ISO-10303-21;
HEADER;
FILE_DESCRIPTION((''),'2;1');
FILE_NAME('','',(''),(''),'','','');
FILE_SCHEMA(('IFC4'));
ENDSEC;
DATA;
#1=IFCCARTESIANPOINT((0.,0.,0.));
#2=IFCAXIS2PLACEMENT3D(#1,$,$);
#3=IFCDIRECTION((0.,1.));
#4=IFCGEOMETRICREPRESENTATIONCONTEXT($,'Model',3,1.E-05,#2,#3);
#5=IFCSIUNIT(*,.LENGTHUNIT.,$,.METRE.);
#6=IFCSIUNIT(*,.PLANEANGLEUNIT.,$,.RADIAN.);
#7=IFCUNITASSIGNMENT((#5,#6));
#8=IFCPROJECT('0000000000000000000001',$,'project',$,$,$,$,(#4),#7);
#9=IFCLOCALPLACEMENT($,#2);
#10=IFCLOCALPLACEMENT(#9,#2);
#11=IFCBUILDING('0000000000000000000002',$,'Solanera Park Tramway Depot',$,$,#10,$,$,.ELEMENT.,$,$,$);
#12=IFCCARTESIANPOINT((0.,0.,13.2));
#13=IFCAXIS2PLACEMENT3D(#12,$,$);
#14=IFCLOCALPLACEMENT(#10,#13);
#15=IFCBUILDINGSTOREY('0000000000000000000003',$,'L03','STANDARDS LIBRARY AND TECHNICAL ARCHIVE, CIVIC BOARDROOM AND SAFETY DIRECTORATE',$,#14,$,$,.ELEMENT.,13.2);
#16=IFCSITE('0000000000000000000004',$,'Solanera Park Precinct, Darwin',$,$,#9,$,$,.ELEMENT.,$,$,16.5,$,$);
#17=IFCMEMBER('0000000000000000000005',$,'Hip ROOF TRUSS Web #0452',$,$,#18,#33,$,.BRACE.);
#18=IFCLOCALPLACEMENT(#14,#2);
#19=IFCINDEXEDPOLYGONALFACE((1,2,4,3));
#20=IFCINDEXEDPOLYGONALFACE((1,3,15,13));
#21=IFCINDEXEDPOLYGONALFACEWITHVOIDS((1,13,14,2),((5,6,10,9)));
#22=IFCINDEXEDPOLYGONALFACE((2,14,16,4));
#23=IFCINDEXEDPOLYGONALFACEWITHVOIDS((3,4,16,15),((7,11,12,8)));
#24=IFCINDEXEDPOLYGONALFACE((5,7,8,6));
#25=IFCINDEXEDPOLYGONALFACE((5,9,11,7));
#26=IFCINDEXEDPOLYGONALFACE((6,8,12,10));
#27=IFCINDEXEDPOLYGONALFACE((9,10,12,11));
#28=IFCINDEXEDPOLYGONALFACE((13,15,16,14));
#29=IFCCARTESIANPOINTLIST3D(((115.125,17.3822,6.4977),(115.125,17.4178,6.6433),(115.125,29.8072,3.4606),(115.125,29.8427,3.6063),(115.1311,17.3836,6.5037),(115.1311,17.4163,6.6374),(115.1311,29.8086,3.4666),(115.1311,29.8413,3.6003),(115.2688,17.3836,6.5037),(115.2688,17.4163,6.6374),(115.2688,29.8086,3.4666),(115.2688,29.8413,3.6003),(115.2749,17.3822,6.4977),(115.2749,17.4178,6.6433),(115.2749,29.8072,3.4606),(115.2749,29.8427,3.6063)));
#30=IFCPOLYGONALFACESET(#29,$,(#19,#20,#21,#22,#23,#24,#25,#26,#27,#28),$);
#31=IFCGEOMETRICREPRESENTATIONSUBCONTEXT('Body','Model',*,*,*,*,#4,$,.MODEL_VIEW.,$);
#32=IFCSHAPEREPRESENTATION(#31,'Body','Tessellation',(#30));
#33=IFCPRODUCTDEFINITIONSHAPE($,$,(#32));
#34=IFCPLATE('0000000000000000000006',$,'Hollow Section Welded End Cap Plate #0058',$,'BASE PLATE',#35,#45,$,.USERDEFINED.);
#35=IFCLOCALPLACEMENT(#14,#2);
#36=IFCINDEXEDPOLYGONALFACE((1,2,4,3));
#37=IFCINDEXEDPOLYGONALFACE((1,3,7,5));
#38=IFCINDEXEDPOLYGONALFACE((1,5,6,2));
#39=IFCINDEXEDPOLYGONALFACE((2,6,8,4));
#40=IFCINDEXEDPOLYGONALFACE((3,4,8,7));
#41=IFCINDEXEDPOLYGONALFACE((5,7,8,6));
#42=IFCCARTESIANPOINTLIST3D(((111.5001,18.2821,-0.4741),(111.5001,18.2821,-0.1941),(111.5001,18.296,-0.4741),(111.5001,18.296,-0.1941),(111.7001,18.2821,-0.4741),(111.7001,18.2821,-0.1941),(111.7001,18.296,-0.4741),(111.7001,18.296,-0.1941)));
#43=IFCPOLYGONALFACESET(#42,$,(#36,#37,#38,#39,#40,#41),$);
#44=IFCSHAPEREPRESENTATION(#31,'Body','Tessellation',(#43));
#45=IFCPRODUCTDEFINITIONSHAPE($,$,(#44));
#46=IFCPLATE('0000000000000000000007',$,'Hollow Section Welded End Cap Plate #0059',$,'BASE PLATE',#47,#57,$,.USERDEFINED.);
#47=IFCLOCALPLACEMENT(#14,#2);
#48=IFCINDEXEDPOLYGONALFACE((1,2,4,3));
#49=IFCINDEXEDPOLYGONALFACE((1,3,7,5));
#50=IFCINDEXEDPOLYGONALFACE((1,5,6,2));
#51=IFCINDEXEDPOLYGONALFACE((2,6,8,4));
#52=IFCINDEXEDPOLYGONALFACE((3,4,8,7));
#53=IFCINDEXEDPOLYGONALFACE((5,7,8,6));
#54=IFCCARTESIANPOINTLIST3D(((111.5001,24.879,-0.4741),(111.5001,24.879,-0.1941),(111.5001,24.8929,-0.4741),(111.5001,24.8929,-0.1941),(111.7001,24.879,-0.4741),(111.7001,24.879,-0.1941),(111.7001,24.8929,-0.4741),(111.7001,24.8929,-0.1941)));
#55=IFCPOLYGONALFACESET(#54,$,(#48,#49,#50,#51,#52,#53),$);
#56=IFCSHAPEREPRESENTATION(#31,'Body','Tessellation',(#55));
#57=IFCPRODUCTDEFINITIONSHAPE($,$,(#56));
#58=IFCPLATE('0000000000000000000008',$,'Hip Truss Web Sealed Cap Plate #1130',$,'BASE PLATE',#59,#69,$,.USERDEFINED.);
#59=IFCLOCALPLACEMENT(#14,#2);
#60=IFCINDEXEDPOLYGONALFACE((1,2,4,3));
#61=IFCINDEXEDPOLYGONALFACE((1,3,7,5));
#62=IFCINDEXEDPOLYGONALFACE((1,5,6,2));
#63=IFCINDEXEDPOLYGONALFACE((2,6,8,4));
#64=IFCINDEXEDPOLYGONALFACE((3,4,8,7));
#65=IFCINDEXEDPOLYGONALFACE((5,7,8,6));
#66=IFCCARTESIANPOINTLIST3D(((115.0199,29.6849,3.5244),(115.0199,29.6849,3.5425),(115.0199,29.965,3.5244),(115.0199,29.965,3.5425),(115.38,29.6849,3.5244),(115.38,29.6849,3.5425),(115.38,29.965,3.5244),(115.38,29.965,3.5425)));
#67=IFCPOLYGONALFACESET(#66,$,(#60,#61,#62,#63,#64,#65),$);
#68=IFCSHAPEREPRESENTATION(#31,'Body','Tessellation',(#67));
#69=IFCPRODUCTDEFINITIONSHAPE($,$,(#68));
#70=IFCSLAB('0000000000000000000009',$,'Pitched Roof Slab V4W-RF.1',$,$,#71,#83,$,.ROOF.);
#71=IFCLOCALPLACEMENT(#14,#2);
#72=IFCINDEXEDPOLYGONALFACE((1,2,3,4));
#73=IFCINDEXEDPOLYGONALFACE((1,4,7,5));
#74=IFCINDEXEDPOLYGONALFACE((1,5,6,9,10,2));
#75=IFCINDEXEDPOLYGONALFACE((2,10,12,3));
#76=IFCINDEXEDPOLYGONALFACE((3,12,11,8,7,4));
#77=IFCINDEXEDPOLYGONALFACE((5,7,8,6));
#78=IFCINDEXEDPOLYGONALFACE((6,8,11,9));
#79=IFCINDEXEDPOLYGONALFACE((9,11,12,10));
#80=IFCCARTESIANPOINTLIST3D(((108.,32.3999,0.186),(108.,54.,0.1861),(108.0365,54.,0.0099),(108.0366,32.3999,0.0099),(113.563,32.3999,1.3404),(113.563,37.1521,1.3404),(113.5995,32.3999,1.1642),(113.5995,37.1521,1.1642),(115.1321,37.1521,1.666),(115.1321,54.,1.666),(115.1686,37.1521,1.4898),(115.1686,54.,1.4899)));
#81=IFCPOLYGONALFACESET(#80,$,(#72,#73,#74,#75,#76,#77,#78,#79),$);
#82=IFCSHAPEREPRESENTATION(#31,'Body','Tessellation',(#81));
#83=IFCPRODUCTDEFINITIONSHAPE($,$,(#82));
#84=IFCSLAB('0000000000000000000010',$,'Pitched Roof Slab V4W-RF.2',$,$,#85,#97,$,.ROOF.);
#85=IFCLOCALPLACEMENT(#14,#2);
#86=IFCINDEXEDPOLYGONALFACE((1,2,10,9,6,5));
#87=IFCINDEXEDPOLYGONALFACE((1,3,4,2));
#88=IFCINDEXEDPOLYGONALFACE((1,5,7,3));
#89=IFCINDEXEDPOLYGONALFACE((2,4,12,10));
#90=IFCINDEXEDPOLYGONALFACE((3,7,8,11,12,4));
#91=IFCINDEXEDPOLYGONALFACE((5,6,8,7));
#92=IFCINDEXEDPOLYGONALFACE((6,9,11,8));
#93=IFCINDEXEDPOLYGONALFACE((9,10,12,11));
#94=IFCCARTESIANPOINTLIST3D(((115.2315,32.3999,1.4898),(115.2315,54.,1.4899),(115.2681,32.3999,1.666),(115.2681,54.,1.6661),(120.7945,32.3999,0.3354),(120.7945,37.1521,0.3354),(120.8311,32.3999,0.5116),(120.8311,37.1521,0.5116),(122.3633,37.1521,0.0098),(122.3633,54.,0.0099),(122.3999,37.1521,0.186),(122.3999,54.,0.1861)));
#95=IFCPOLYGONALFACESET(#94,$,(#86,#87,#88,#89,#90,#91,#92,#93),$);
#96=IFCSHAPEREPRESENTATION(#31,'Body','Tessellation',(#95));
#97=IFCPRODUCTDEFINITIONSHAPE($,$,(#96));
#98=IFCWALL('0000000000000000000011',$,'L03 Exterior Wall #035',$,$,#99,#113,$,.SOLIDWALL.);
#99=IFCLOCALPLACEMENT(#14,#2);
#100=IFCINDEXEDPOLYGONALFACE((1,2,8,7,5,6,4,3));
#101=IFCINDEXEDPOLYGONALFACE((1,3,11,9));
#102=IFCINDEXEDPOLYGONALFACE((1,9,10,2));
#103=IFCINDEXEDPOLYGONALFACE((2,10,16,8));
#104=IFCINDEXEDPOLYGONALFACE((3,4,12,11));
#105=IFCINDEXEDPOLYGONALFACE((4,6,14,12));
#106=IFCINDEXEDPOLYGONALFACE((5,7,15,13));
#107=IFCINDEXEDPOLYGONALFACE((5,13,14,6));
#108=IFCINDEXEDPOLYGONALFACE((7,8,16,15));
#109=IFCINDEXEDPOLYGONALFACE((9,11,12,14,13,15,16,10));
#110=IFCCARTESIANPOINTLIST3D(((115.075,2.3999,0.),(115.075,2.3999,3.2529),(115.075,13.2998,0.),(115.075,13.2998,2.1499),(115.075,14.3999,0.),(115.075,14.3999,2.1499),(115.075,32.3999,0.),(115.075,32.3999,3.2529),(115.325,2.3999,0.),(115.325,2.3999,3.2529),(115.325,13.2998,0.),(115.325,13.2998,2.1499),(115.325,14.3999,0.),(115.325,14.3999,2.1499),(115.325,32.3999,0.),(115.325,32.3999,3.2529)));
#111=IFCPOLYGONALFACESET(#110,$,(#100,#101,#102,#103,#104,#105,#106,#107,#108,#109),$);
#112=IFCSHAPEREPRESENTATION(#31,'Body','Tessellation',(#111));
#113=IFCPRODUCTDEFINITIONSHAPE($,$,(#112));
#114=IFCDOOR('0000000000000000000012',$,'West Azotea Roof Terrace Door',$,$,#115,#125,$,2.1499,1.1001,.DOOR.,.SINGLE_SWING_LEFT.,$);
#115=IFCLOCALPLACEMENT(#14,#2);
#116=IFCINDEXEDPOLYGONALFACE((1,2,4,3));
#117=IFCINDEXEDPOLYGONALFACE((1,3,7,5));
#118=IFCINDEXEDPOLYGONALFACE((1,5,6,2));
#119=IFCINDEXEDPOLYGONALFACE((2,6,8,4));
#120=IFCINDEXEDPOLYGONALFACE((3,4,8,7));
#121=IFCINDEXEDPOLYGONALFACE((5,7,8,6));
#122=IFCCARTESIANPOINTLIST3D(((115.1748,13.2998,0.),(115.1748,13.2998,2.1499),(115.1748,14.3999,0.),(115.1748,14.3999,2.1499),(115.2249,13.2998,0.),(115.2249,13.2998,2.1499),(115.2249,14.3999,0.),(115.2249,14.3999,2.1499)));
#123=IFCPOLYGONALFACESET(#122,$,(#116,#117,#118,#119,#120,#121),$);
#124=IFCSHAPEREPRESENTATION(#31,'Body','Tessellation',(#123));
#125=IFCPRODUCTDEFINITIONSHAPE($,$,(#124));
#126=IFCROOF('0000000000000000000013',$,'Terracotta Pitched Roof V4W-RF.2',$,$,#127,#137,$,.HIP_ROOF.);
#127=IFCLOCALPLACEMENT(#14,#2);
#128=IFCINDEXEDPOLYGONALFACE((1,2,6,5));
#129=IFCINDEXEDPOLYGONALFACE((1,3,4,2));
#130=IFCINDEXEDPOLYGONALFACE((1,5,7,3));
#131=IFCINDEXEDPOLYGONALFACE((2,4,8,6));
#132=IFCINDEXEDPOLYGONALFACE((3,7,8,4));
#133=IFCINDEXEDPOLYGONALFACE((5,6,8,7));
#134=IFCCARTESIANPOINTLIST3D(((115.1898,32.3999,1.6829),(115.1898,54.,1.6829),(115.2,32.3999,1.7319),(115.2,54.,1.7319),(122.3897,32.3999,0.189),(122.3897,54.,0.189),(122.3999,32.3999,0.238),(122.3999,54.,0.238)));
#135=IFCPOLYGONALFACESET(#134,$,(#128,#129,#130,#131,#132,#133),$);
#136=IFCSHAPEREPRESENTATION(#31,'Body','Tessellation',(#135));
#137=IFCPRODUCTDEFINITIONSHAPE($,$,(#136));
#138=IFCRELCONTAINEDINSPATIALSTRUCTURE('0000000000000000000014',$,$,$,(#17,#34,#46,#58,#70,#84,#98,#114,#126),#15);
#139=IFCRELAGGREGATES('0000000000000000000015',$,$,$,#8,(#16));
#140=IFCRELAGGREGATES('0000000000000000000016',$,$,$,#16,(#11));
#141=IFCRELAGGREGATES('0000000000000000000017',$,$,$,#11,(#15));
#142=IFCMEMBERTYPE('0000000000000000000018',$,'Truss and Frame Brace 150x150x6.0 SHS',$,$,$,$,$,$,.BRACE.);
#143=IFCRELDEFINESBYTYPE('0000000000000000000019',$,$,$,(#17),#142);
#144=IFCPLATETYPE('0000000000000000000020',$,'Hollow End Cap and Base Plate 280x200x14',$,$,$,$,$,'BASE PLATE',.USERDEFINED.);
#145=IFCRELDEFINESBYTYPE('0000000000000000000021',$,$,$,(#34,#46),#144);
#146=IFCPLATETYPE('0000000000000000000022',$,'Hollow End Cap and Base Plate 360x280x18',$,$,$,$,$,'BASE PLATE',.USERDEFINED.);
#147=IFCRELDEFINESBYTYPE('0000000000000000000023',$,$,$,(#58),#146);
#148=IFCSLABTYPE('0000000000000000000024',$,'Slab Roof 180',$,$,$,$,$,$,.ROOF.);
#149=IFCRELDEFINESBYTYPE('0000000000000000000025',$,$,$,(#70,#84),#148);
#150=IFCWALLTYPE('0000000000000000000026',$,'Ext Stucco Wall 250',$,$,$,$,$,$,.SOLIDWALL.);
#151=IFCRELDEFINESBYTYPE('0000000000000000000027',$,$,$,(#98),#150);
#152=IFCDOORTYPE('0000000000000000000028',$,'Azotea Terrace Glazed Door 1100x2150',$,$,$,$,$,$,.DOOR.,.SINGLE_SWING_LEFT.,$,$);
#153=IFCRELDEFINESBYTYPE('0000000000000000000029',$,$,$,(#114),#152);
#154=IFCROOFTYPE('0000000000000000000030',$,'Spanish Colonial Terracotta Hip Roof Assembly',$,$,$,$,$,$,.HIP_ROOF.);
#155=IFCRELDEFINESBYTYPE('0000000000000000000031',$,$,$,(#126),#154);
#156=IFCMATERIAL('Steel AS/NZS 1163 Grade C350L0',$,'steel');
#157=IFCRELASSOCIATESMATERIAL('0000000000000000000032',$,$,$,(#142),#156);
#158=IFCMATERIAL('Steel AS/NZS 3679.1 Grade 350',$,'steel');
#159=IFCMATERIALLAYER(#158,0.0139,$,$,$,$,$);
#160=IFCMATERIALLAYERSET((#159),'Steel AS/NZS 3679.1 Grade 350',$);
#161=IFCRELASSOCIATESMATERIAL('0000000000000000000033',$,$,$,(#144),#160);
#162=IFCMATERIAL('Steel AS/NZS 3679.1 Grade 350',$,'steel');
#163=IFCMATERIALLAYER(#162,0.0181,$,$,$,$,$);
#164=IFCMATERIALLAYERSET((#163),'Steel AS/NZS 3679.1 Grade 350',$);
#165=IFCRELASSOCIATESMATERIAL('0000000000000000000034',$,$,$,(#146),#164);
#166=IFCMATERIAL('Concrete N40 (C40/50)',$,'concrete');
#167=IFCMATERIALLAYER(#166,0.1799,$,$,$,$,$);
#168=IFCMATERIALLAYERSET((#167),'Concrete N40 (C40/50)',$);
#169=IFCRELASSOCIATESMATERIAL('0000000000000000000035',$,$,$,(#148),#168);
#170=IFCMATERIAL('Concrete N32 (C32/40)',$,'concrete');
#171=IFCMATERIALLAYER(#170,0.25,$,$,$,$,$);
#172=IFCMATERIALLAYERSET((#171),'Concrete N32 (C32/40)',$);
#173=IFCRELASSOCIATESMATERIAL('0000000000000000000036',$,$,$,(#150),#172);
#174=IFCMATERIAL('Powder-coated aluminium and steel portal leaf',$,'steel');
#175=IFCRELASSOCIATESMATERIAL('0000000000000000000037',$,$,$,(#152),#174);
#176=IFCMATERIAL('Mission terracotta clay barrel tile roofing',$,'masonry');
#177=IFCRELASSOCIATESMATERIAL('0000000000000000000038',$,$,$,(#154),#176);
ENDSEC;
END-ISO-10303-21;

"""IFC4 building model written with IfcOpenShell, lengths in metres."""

from ifc_helpers import new_model, si_unit, direction, frame, frame_2d, origin, origin_2d, place, context, subcontext, project, spatial, polyline, rectangle, hollow_rectangle, outline, extrude, material, layer, layer_set, material_profile, profile_set, type_object, element, fill, save


model = new_model("IFC4")

# Units and contexts
model_context = context("Model", 3, precision=1e-05, world=origin(), true_north=direction((0.0, 1.0)))
body_context = subcontext(model_context, "Body", "Model", "MODEL_VIEW")
ifc_project = project(units=[si_unit("LENGTHUNIT", "METRE"), si_unit("PLANEANGLEUNIT", "RADIAN")], contexts=[model_context])

# Site, building, storey
site_placement = place(None, origin())
site = spatial("IfcSite", under=ifc_project, at=site_placement, Name="Solanera Park Precinct, Darwin", CompositionType="ELEMENT", RefElevation=16.5)
building_placement = place(site_placement, origin())
building = spatial("IfcBuilding", under=site, at=building_placement, Name="Solanera Park Tramway Depot", CompositionType="ELEMENT")
storey_placement = place(building_placement, frame((0.0, 0.0, 13.2)))
storey = spatial("IfcBuildingStorey", under=building, at=storey_placement, Name="L03", Description="STANDARDS LIBRARY AND TECHNICAL ARCHIVE, CIVIC BOARDROOM AND SAFETY DIRECTORATE", CompositionType="ELEMENT", Elevation=13.2)

# Member
ifc_material_1 = material(Name="Steel AS/NZS 1163 Grade C350L0", Category="steel")
ifc_material_profile_1 = material_profile(ifc_material_1, hollow_rectangle(XDim=0.1499, YDim=0.1499, WallThickness=0.0061, at=origin_2d()), Name="150x150x6.0 SHS")
ifc_profile_set_1 = profile_set([ifc_material_profile_1], Name="Steel AS/NZS 1163 Grade C350L0")
member_type_1 = type_object("IfcMemberType", Name="Truss and Frame Brace 150x150x6.0 SHS", PredefinedType="BRACE", material=ifc_profile_set_1)
member_1_placement = place(storey_placement, frame((115.2, 29.825, 3.5334), z_axis=(0.0, -0.971401, 0.237444), x_axis=(1.0, 0.0, 0.0)))
element("IfcMember", 1, at=member_1_placement, inside=storey, type_object=member_type_1, Name="Hip ROOF TRUSS Web #0452", PredefinedType="BRACE", context=body_context, shape_type="SweptSolid", body=[
    extrude(hollow_rectangle(XDim=0.1499, YDim=0.1499, WallThickness=0.0061, at=origin_2d()), origin(), (0.0, 0.0, 1.0), 12.7908),
])

# Plates
ifc_material_2 = material(Name="Steel AS/NZS 3679.1 Grade 350", Category="steel")
ifc_layer_1 = layer(ifc_material_2, 0.0139)
ifc_layer_set_1 = layer_set([ifc_layer_1], Name="Steel AS/NZS 3679.1 Grade 350")
plate_type_1 = type_object("IfcPlateType", Name="Hollow End Cap and Base Plate 280x200x14", ElementType="BASE PLATE", PredefinedType="USERDEFINED", material=ifc_layer_set_1)
for number, where, z_axis, x_axis, name in (
    (2, (111.6001, 18.2891, -0.4741), (0.0, 0.0, 1.0), (0.0, 1.0, 0.0), "Hollow Section Welded End Cap Plate #0058"),
    (3, (111.6001, 24.886, -0.4741), (0.0, 0.0, 1.0), (0.0, 1.0, 0.0), "Hollow Section Welded End Cap Plate #0059"),
):
    element("IfcPlate", number, at=place(storey_placement, frame(where, z_axis=z_axis, x_axis=x_axis)), inside=storey, type_object=plate_type_1, Name=name, ObjectType="BASE PLATE", PredefinedType="USERDEFINED", context=body_context, shape_type="SweptSolid", body=[
        extrude(rectangle(XDim=0.0139, YDim=0.2, at=origin_2d()), origin(), (0.0, 0.0, 1.0), 0.28),
    ])
ifc_material_3 = material(Name="Steel AS/NZS 3679.1 Grade 350", Category="steel")
ifc_layer_2 = layer(ifc_material_3, 0.0181)
ifc_layer_set_2 = layer_set([ifc_layer_2], Name="Steel AS/NZS 3679.1 Grade 350")
plate_type_2 = type_object("IfcPlateType", Name="Hollow End Cap and Base Plate 360x280x18", ElementType="BASE PLATE", PredefinedType="USERDEFINED", material=ifc_layer_set_2)
plate_placement = place(storey_placement, frame((115.2, 29.825, 3.5244), z_axis=(0.0, 0.0, 1.0), x_axis=(1.0, 0.0, 0.0)))
element("IfcPlate", 4, at=plate_placement, inside=storey, type_object=plate_type_2, Name="Hip Truss Web Sealed Cap Plate #1130", ObjectType="BASE PLATE", PredefinedType="USERDEFINED", context=body_context, shape_type="SweptSolid", body=[
    extrude(rectangle(XDim=0.3601, YDim=0.28, at=origin_2d()), origin(), (0.0, 0.0, 1.0), 0.0181),
])

# Slabs
ifc_material_4 = material(Name="Concrete N40 (C40/50)", Category="concrete")
ifc_layer_3 = layer(ifc_material_4, 0.1799)
ifc_layer_set_3 = layer_set([ifc_layer_3], Name="Concrete N40 (C40/50)")
slab_type = type_object("IfcSlabType", Name="Slab Roof 180", PredefinedType="ROOF", material=ifc_layer_set_3)
slab_1_placement = place(storey_placement, frame((108.0, 32.3999, 0.186), z_axis=(-0.203179, -0.000002, 0.979142), x_axis=(0.979142, 0.0, 0.203179)))
element("IfcSlab", 5, at=slab_1_placement, inside=storey, type_object=slab_type, Name="Pitched Roof Slab V4W-RF.1", PredefinedType="ROOF", context=body_context, shape_type="SweptSolid", body=[
    extrude(outline(polyline([(0.0, 0.0), (5.6815, 0.0), (5.6815, 4.7522), (7.284, 4.7522), (7.284, 21.6001), (0.0, 21.6001), (0.0, 0.0)])), origin(), (0.0, 0.0, -1.0), 0.1799),
])
slab_2_placement = place(storey_placement, frame((115.2681, 32.3999, 1.666), z_axis=(0.203192, -0.000003, 0.979139), x_axis=(0.979139, 0.0, -0.203192)))
element("IfcSlab", 6, at=slab_2_placement, inside=storey, type_object=slab_type, Name="Pitched Roof Slab V4W-RF.2", PredefinedType="ROOF", context=body_context, shape_type="SweptSolid", body=[
    extrude(outline(polyline([(0.0, 0.0), (5.6815, 0.0), (5.6815, 4.7522), (7.2838, 4.7522), (7.2838, 21.6001), (0.0, 21.6001), (0.0, 0.0)])), origin(), (0.0, 0.0, -1.0), 0.1799),
])

# Wall, opening, door
ifc_material_5 = material(Name="Concrete N32 (C32/40)", Category="concrete")
ifc_layer_4 = layer(ifc_material_5, 0.25)
ifc_layer_set_4 = layer_set([ifc_layer_4], Name="Concrete N32 (C32/40)")
wall_type = type_object("IfcWallType", Name="Ext Stucco Wall 250", PredefinedType="SOLIDWALL", material=ifc_layer_set_4)
wall_placement = place(storey_placement, frame((115.2, 32.3999, 0.0), z_axis=(0.0, 0.0, 1.0), x_axis=(0.0, -1.0, 0.0)))
wall = element("IfcWall", 7, at=wall_placement, inside=storey, type_object=wall_type, Name="L03 Exterior Wall #035", PredefinedType="SOLIDWALL", context=body_context, shape_type="SweptSolid", body=[
    extrude(rectangle(XDim=30.0, YDim=0.25, at=frame_2d((15.0, 0.0))), origin(), (0.0, 0.0, 1.0), 3.2529),
])
opening_placement = place(wall_placement, frame((18.0, 0.0, 0.0)))
opening = element("IfcOpeningElement", 8, at=opening_placement, cuts=wall, PredefinedType="OPENING", context=body_context, shape_type="SweptSolid", body=[
    extrude(rectangle(XDim=1.1001, YDim=2.1499, at=frame_2d((0.55, 1.075))), frame((0.0, 0.135, 0.0), z_axis=(0.0, -1.0, 0.0), x_axis=(1.0, 0.0, 0.0)), (0.0, 0.0, 1.0), 0.27),
])
ifc_material_6 = material(Name="Powder-coated aluminium and steel portal leaf", Category="steel")
door_type = type_object("IfcDoorType", Name="Azotea Terrace Glazed Door 1100x2150", OperationType="SINGLE_SWING_LEFT", PredefinedType="DOOR", material=ifc_material_6)
door_placement = place(opening_placement, origin())
door = element("IfcDoor", 9, at=door_placement, inside=storey, type_object=door_type, Name="West Azotea Roof Terrace Door", OperationType="SINGLE_SWING_LEFT", OverallHeight=2.1499, OverallWidth=1.1001, PredefinedType="DOOR", context=body_context, shape_type="SweptSolid", body=[
    extrude(rectangle(XDim=1.1001, YDim=2.1499, at=frame_2d((0.55, 1.075))), frame((0.0, 0.0249, 0.0), z_axis=(0.0, -1.0, 0.0), x_axis=(1.0, 0.0, 0.0)), (0.0, 0.0, 1.0), 0.05),
])
fill(opening, door)

# Roof
ifc_material_7 = material(Name="Mission terracotta clay barrel tile roofing", Category="masonry")
roof_type = type_object("IfcRoofType", Name="Spanish Colonial Terracotta Hip Roof Assembly", PredefinedType="HIP_ROOF", material=ifc_material_7)
roof_placement = place(storey_placement, frame((115.2, 32.3999, 1.7319), z_axis=(0.20316, 0.0, 0.979146), x_axis=(0.979146, 0.0, -0.20316)))
element("IfcRoof", 10, at=roof_placement, inside=storey, type_object=roof_type, Name="Terracotta Pitched Roof V4W-RF.2", PredefinedType="HIP_ROOF", context=body_context, shape_type="SweptSolid", body=[
    extrude(outline(polyline([(0.0, 0.0), (7.3533, 0.0), (7.3533, 21.6001), (0.0, 21.6001), (0.0, 0.0)])), origin(), (0.0, 0.0, -1.0), 0.05),
])

save(model, "model.ifc")
